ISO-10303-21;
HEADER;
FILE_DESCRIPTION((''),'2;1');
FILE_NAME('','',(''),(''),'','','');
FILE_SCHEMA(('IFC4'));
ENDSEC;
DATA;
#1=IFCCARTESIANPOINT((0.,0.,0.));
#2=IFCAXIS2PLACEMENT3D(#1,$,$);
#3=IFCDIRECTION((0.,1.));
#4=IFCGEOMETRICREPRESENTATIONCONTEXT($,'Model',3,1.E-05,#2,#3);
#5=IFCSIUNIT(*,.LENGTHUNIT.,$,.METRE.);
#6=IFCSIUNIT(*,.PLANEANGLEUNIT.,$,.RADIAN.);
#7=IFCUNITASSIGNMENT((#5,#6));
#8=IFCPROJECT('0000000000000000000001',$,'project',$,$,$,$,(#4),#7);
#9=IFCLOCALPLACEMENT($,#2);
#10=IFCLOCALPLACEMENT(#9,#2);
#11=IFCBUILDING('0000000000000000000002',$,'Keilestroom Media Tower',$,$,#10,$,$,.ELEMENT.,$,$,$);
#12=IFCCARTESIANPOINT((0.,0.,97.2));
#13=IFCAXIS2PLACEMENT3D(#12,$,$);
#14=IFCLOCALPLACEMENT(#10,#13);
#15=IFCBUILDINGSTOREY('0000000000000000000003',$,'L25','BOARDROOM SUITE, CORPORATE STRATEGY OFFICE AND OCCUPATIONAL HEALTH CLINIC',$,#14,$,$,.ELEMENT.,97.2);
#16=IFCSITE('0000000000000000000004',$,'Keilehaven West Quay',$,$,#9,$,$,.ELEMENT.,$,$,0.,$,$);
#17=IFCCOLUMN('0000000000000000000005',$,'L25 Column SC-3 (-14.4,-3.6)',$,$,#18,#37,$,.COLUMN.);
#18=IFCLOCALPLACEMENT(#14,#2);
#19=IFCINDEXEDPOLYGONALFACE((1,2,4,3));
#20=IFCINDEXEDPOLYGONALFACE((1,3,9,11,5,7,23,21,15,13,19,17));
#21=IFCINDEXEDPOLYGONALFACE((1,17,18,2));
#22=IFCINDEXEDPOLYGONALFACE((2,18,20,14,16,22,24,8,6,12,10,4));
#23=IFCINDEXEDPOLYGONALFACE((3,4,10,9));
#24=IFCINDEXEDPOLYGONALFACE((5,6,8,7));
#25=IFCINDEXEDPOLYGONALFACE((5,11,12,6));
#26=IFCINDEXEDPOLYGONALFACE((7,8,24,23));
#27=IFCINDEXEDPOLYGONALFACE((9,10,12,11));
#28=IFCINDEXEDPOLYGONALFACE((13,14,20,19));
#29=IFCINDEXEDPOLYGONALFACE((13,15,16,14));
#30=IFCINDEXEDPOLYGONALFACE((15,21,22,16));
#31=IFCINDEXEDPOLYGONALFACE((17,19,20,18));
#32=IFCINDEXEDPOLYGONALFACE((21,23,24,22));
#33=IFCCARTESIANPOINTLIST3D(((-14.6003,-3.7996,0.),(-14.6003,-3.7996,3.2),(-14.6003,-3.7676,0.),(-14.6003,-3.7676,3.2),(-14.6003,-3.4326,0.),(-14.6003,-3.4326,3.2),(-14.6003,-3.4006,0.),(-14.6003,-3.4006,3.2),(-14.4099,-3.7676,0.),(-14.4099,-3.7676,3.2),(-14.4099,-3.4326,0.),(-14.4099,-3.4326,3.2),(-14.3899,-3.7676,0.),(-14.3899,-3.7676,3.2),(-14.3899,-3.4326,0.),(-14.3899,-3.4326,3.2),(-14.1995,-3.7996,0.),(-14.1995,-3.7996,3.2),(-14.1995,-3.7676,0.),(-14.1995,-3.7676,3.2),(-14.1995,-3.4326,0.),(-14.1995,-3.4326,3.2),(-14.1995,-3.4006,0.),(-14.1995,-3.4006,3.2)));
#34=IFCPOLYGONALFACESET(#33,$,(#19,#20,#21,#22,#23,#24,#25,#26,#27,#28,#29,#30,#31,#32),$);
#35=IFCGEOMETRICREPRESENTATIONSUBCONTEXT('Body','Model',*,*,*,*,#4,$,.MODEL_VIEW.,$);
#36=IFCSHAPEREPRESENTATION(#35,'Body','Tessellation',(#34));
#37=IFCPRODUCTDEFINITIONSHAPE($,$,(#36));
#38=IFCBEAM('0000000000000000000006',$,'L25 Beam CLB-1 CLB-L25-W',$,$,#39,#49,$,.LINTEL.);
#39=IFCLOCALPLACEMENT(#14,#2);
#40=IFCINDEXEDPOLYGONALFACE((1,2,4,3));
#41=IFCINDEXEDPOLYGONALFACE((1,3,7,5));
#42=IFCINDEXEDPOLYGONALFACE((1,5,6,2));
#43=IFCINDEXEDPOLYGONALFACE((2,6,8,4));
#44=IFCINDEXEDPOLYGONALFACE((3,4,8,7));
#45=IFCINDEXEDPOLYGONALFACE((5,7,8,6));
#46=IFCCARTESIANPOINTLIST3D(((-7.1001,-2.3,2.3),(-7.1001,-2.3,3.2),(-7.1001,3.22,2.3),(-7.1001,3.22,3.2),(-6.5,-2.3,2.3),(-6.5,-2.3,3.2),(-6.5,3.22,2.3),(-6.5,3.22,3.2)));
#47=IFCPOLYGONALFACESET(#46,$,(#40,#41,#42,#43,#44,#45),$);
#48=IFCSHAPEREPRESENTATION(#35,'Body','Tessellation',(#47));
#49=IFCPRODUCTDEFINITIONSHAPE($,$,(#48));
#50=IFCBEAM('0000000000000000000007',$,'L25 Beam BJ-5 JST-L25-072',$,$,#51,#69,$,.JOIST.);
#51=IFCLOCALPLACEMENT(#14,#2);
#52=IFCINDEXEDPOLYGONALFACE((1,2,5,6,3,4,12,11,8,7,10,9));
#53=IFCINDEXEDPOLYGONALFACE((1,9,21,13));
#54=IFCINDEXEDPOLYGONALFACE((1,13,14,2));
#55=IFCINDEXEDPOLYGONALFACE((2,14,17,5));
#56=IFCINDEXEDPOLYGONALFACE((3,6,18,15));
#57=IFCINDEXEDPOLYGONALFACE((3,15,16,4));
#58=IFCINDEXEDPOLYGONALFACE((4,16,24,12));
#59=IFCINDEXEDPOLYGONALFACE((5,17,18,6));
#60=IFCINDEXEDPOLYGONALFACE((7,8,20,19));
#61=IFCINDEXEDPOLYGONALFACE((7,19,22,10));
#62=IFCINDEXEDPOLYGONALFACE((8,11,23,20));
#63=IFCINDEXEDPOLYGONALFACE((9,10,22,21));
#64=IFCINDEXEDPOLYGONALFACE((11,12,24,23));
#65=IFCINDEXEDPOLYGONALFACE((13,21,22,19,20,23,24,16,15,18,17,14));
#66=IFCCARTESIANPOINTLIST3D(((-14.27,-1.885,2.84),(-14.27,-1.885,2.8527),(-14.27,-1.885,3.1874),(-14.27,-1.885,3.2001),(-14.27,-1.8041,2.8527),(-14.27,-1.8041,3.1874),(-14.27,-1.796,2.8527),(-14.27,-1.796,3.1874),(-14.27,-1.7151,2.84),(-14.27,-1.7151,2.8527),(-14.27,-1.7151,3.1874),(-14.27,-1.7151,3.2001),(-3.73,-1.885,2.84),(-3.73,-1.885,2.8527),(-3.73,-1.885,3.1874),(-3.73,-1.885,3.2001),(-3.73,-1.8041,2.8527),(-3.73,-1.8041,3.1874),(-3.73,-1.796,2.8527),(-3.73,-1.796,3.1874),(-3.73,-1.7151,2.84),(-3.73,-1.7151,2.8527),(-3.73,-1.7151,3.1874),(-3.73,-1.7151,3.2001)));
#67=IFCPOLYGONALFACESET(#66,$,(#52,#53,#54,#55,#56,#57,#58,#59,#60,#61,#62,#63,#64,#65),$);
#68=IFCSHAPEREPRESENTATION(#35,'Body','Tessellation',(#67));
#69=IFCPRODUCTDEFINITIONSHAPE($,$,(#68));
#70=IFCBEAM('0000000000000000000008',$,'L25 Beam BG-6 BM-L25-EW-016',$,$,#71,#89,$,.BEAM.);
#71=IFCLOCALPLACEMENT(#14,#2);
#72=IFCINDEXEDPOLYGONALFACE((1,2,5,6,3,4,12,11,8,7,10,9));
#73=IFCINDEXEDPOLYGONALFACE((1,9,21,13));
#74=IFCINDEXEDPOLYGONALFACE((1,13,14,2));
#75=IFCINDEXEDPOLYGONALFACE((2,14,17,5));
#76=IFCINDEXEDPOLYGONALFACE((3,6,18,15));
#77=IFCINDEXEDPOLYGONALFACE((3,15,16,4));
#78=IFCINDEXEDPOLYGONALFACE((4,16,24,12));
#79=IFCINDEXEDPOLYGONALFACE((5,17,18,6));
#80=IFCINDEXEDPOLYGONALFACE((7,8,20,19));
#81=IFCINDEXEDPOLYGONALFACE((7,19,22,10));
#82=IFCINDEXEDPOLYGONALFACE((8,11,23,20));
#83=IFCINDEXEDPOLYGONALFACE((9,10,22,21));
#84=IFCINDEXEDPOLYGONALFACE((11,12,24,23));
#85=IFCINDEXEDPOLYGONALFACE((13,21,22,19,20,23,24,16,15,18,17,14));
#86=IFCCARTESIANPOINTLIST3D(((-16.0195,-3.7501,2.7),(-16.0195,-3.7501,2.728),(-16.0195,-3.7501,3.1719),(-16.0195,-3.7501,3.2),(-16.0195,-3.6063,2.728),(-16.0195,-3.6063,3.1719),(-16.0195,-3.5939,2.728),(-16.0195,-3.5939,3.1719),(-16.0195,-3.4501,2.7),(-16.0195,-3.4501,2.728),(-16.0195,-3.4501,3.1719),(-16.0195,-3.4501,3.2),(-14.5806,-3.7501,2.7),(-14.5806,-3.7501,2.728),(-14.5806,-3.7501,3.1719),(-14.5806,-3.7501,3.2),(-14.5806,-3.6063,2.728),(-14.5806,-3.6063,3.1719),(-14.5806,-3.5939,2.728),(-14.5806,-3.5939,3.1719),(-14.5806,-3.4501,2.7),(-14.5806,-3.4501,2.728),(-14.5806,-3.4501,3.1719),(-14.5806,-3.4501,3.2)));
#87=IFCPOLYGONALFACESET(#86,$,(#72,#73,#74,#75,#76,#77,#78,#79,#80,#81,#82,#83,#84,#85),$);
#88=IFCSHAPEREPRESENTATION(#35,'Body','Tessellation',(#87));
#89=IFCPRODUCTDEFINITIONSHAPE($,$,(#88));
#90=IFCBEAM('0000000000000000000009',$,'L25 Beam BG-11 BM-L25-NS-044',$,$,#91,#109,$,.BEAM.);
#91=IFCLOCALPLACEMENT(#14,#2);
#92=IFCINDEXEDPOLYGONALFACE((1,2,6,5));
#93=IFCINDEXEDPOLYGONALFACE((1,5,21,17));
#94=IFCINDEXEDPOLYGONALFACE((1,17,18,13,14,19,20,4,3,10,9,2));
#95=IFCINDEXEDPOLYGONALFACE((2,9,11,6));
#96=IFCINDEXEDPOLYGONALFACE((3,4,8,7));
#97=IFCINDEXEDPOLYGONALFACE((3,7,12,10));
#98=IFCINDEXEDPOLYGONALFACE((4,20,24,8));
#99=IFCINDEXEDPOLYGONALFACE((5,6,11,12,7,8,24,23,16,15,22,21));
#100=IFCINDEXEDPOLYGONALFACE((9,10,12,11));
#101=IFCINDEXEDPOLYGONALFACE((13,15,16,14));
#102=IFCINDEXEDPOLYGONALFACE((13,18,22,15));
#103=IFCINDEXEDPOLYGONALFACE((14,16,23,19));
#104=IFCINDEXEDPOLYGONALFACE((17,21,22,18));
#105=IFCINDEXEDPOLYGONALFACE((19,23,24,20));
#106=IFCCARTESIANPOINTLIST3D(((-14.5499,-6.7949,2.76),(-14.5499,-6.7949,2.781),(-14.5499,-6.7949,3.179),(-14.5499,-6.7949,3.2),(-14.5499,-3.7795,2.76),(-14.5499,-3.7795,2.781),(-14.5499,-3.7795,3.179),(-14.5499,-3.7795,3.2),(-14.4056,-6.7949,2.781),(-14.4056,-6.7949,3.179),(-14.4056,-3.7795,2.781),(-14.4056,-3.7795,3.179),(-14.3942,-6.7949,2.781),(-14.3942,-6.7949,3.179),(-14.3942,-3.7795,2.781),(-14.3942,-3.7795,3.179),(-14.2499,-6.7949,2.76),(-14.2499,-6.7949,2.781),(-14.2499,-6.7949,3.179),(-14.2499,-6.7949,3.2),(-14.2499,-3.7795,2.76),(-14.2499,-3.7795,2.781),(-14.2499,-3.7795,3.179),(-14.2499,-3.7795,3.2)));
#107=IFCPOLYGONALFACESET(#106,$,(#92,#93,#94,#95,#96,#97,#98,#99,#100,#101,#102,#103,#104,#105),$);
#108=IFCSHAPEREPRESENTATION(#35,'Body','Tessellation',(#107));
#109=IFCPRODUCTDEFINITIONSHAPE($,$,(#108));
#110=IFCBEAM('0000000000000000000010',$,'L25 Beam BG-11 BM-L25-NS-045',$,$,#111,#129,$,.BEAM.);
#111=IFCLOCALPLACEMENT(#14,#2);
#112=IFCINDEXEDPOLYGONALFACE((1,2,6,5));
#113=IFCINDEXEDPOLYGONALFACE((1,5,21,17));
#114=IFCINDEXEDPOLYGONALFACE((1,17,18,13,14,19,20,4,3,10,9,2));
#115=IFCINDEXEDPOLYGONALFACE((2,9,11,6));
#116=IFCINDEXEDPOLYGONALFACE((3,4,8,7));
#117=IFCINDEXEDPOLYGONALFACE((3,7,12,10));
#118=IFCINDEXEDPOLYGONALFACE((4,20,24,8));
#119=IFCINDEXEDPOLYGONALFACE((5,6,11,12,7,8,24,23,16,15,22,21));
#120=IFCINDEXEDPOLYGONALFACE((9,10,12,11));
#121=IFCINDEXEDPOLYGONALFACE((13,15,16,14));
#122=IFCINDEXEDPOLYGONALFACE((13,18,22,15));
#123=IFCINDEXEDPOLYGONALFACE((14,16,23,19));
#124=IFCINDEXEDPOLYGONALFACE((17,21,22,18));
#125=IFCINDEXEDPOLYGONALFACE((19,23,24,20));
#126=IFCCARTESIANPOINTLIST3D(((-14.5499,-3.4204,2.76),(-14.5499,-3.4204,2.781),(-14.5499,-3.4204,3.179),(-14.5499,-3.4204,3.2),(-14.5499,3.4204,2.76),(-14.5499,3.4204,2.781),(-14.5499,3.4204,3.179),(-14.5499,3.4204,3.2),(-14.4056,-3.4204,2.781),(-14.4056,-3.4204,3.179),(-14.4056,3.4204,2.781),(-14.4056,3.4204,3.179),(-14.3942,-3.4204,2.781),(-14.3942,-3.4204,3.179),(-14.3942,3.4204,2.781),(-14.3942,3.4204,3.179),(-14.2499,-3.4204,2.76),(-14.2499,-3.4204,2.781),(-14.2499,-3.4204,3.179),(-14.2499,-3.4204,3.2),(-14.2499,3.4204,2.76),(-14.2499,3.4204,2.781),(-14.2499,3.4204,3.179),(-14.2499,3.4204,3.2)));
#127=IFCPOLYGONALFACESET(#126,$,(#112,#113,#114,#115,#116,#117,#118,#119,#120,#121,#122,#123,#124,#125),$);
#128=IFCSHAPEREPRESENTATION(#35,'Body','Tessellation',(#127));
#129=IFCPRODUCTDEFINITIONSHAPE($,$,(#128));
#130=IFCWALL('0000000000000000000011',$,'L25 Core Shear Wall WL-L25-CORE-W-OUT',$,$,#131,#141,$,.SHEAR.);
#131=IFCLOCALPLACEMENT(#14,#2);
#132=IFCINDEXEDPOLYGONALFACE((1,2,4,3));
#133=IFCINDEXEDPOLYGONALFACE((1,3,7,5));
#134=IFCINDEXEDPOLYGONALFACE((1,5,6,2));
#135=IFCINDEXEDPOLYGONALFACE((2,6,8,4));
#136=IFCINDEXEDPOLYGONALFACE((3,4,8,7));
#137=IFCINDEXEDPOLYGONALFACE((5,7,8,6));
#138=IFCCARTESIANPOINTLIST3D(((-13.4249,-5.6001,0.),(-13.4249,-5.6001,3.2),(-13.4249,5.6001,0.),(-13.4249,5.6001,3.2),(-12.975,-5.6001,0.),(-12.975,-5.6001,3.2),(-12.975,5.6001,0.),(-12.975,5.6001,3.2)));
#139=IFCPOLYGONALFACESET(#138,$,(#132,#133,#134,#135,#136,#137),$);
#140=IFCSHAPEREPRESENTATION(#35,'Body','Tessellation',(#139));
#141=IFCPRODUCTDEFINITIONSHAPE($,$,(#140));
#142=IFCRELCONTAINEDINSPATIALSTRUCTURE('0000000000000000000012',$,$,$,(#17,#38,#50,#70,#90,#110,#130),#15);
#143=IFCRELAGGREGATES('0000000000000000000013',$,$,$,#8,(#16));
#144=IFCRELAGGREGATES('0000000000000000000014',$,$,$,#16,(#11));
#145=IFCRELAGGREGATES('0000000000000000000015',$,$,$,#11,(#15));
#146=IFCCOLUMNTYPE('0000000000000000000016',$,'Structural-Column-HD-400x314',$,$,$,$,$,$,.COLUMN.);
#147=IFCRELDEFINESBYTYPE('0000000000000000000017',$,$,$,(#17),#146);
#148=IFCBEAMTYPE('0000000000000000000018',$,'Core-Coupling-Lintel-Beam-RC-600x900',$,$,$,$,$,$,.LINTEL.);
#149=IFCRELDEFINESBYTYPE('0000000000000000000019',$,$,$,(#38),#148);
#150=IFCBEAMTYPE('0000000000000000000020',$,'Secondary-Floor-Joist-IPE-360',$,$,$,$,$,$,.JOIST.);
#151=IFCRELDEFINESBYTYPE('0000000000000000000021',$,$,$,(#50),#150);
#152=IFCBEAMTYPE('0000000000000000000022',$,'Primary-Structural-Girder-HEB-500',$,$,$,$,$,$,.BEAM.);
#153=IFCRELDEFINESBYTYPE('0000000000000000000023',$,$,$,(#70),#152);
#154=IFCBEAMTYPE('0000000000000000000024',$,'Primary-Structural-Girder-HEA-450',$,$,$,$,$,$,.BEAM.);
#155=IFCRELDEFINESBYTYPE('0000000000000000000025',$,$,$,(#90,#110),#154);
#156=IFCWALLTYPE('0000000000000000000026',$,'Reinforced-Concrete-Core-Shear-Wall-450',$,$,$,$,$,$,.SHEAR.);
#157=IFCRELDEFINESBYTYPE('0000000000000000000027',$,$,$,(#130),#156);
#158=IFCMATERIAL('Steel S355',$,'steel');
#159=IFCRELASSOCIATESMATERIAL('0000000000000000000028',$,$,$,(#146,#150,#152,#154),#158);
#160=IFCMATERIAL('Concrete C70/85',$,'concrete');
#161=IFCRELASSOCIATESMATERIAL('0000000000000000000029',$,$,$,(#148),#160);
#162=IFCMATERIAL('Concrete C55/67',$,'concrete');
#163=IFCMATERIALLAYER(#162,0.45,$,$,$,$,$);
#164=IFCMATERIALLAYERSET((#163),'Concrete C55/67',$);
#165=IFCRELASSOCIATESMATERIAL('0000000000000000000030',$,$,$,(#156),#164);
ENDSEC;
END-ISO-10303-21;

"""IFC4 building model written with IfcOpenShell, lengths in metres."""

from ifc_helpers import new_model, si_unit, direction, frame, frame_2d, origin, origin_2d, place, context, subcontext, project, spatial, rectangle, i_section, extrude, source, transform, mapped, material, layer, layer_set, material_profile, profile_set, type_object, element, save


model = new_model("IFC4")

# Units and contexts
model_context = context("Model", 3, precision=1e-05, world=origin(), true_north=direction((0.0, 1.0)))
body_context = subcontext(model_context, "Body", "Model", "MODEL_VIEW")
ifc_project = project(units=[si_unit("LENGTHUNIT", "METRE"), si_unit("PLANEANGLEUNIT", "RADIAN")], contexts=[model_context])

# Site, building, storey
site_placement = place(None, origin())
site = spatial("IfcSite", under=ifc_project, at=site_placement, Name="Keilehaven West Quay", CompositionType="ELEMENT", RefElevation=0.0)
building_placement = place(site_placement, origin())
building = spatial("IfcBuilding", under=site, at=building_placement, Name="Keilestroom Media Tower", CompositionType="ELEMENT")
storey_placement = place(building_placement, frame((0.0, 0.0, 97.2)))
storey = spatial("IfcBuildingStorey", under=building, at=storey_placement, Name="L25", Description="BOARDROOM SUITE, CORPORATE STRATEGY OFFICE AND OCCUPATIONAL HEALTH CLINIC", CompositionType="ELEMENT", Elevation=97.2)

# Column
ifc_material_1 = material(Name="Steel S355", Category="steel")
ifc_material_profile_1 = material_profile(ifc_material_1, i_section(OverallWidth=0.4009, OverallDepth=0.3989, WebThickness=0.02, FlangeThickness=0.032, at=origin_2d()), Name="HD 400x314")
ifc_profile_set_1 = profile_set([ifc_material_profile_1], Name="Steel S355")
column_type = type_object("IfcColumnType", Name="Structural-Column-HD-400x314", PredefinedType="COLUMN", material=ifc_profile_set_1)
shared_shape_1 = source(origin(), body_context, "Body", "SweptSolid", [
    extrude(i_section(OverallWidth=0.4009, OverallDepth=0.3989, WebThickness=0.02, FlangeThickness=0.032, at=origin_2d()), origin(), (0.0, 0.0, 1.0), 3.2),
])
column_placement = place(storey_placement, frame((-14.3999, -3.6001, 0.0), z_axis=(0.0, 0.0, 1.0), x_axis=(1.0, 0.0, 0.0)))
element("IfcColumn", 1, at=column_placement, inside=storey, type_object=column_type, Name="L25 Column SC-3 (-14.4,-3.6)", PredefinedType="COLUMN", context=body_context, shape_type="MappedRepresentation", body=[
    mapped(shared_shape_1, transform((0.0, 0.0, 0.0), x_axis=(1.0, 0.0, 0.0), y_axis=(0.0, 1.0, 0.0), z_axis=(0.0, 0.0, 1.0), scale=1.0)),
])

# Beams
ifc_material_2 = material(Name="Concrete C70/85", Category="concrete")
ifc_material_profile_2 = material_profile(ifc_material_2, rectangle(XDim=0.6001, YDim=0.8999, at=origin_2d()), Name="RC 600x900")
ifc_profile_set_2 = profile_set([ifc_material_profile_2], Name="Concrete C70/85")
beam_type_1 = type_object("IfcBeamType", Name="Core-Coupling-Lintel-Beam-RC-600x900", PredefinedType="LINTEL", material=ifc_profile_set_2)
shared_shape_2 = source(origin(), body_context, "Body", "SweptSolid", [
    extrude(rectangle(XDim=0.6001, YDim=0.8999, at=origin_2d()), origin(), (0.0, 0.0, 1.0), 5.52),
])
beam_1_placement = place(storey_placement, frame((-6.8, -2.3, 2.75), z_axis=(0.0, 1.0, 0.0), x_axis=(-1.0, 0.0, 0.0)))
element("IfcBeam", 2, at=beam_1_placement, inside=storey, type_object=beam_type_1, Name="L25 Beam CLB-1 CLB-L25-W", PredefinedType="LINTEL", context=body_context, shape_type="MappedRepresentation", body=[
    mapped(shared_shape_2, transform((0.0, 0.0, 0.0), x_axis=(1.0, 0.0, 0.0), y_axis=(0.0, 1.0, 0.0), z_axis=(0.0, 0.0, 1.0), scale=1.0)),
])
ifc_material_profile_3 = material_profile(ifc_material_1, i_section(OverallWidth=0.1699, OverallDepth=0.3601, WebThickness=0.0081, FlangeThickness=0.0127, at=origin_2d()), Name="IPE 360")
ifc_profile_set_3 = profile_set([ifc_material_profile_3], Name="Steel S355")
beam_type_2 = type_object("IfcBeamType", Name="Secondary-Floor-Joist-IPE-360", PredefinedType="JOIST", material=ifc_profile_set_3)
shared_shape_3 = source(origin(), body_context, "Body", "SweptSolid", [
    extrude(i_section(OverallWidth=0.1699, OverallDepth=0.3601, WebThickness=0.0081, FlangeThickness=0.0127, at=origin_2d()), origin(), (0.0, 0.0, 1.0), 10.54),
])
beam_2_placement = place(storey_placement, frame((-14.27, -1.8, 3.02), z_axis=(1.0, 0.0, 0.0), x_axis=(0.0, 1.0, 0.0)))
element("IfcBeam", 3, at=beam_2_placement, inside=storey, type_object=beam_type_2, Name="L25 Beam BJ-5 JST-L25-072", PredefinedType="JOIST", context=body_context, shape_type="MappedRepresentation", body=[
    mapped(shared_shape_3, transform((0.0, 0.0, 0.0), x_axis=(1.0, 0.0, 0.0), y_axis=(0.0, 1.0, 0.0), z_axis=(0.0, 0.0, 1.0), scale=1.0)),
])
ifc_material_profile_4 = material_profile(ifc_material_1, i_section(OverallWidth=0.3, OverallDepth=0.5, WebThickness=0.0125, FlangeThickness=0.0281, at=origin_2d()), Name="HEB 500")
ifc_profile_set_4 = profile_set([ifc_material_profile_4], Name="Steel S355")
beam_type_3 = type_object("IfcBeamType", Name="Primary-Structural-Girder-HEB-500", PredefinedType="BEAM", material=ifc_profile_set_4)
shared_shape_4 = source(origin(), body_context, "Body", "SweptSolid", [
    extrude(i_section(OverallWidth=0.3, OverallDepth=0.5, WebThickness=0.0125, FlangeThickness=0.0281, at=origin_2d()), origin(), (0.0, 0.0, 1.0), 1.439),
])
beam_3_placement = place(storey_placement, frame((-16.0195, -3.6001, 2.95), z_axis=(1.0, 0.0, 0.0), x_axis=(0.0, 1.0, 0.0)))
element("IfcBeam", 4, at=beam_3_placement, inside=storey, type_object=beam_type_3, Name="L25 Beam BG-6 BM-L25-EW-016", PredefinedType="BEAM", context=body_context, shape_type="MappedRepresentation", body=[
    mapped(shared_shape_4, transform((0.0, 0.0, 0.0), x_axis=(1.0, 0.0, 0.0), y_axis=(0.0, 1.0, 0.0), z_axis=(0.0, 0.0, 1.0), scale=1.0)),
])
ifc_material_profile_5 = material_profile(ifc_material_1, i_section(OverallWidth=0.3, OverallDepth=0.4399, WebThickness=0.0115, FlangeThickness=0.021, at=origin_2d()), Name="HEA 450")
ifc_profile_set_5 = profile_set([ifc_material_profile_5], Name="Steel S355")
beam_type_4 = type_object("IfcBeamType", Name="Primary-Structural-Girder-HEA-450", PredefinedType="BEAM", material=ifc_profile_set_5)
shared_shape_5 = source(origin(), body_context, "Body", "SweptSolid", [
    extrude(i_section(OverallWidth=0.3, OverallDepth=0.4399, WebThickness=0.0115, FlangeThickness=0.021, at=origin_2d()), origin(), (0.0, 0.0, 1.0), 3.0154),
])
beam_4_placement = place(storey_placement, frame((-14.3999, -6.7949, 2.98), z_axis=(0.0, 1.0, 0.0), x_axis=(-1.0, 0.0, 0.0)))
element("IfcBeam", 5, at=beam_4_placement, inside=storey, type_object=beam_type_4, Name="L25 Beam BG-11 BM-L25-NS-044", PredefinedType="BEAM", context=body_context, shape_type="MappedRepresentation", body=[
    mapped(shared_shape_5, transform((0.0, 0.0, 0.0), x_axis=(1.0, 0.0, 0.0), y_axis=(0.0, 1.0, 0.0), z_axis=(0.0, 0.0, 1.0), scale=1.0)),
])
shared_shape_6 = source(origin(), body_context, "Body", "SweptSolid", [
    extrude(i_section(OverallWidth=0.3, OverallDepth=0.4399, WebThickness=0.0115, FlangeThickness=0.021, at=origin_2d()), origin(), (0.0, 0.0, 1.0), 6.8408),
])
beam_5_placement = place(storey_placement, frame((-14.3999, -3.4204, 2.98), z_axis=(0.0, 1.0, 0.0), x_axis=(-1.0, 0.0, 0.0)))
element("IfcBeam", 6, at=beam_5_placement, inside=storey, type_object=beam_type_4, Name="L25 Beam BG-11 BM-L25-NS-045", PredefinedType="BEAM", context=body_context, shape_type="MappedRepresentation", body=[
    mapped(shared_shape_6, transform((0.0, 0.0, 0.0), x_axis=(1.0, 0.0, 0.0), y_axis=(0.0, 1.0, 0.0), z_axis=(0.0, 0.0, 1.0), scale=1.0)),
])

# Wall
ifc_material_3 = material(Name="Concrete C55/67", Category="concrete")
ifc_layer_1 = layer(ifc_material_3, 0.45)
ifc_layer_set_1 = layer_set([ifc_layer_1], Name="Concrete C55/67")
wall_type_1 = type_object("IfcWallType", Name="Reinforced-Concrete-Core-Shear-Wall-450", PredefinedType="SHEAR", material=ifc_layer_set_1)
wall_1_placement = place(storey_placement, frame((-13.2, -5.6001, 0.0), z_axis=(0.0, 0.0, 1.0), x_axis=(0.0, 1.0, 0.0)))
element("IfcWall", 7, at=wall_1_placement, inside=storey, type_object=wall_type_1, Name="L25 Core Shear Wall WL-L25-CORE-W-OUT", PredefinedType="SHEAR", context=body_context, shape_type="SweptSolid", body=[
    extrude(rectangle(XDim=11.2002, YDim=0.45, at=frame_2d((5.6001, 0.0))), origin(), (0.0, 0.0, 1.0), 3.2),
])

save(model, "model.ifc")
